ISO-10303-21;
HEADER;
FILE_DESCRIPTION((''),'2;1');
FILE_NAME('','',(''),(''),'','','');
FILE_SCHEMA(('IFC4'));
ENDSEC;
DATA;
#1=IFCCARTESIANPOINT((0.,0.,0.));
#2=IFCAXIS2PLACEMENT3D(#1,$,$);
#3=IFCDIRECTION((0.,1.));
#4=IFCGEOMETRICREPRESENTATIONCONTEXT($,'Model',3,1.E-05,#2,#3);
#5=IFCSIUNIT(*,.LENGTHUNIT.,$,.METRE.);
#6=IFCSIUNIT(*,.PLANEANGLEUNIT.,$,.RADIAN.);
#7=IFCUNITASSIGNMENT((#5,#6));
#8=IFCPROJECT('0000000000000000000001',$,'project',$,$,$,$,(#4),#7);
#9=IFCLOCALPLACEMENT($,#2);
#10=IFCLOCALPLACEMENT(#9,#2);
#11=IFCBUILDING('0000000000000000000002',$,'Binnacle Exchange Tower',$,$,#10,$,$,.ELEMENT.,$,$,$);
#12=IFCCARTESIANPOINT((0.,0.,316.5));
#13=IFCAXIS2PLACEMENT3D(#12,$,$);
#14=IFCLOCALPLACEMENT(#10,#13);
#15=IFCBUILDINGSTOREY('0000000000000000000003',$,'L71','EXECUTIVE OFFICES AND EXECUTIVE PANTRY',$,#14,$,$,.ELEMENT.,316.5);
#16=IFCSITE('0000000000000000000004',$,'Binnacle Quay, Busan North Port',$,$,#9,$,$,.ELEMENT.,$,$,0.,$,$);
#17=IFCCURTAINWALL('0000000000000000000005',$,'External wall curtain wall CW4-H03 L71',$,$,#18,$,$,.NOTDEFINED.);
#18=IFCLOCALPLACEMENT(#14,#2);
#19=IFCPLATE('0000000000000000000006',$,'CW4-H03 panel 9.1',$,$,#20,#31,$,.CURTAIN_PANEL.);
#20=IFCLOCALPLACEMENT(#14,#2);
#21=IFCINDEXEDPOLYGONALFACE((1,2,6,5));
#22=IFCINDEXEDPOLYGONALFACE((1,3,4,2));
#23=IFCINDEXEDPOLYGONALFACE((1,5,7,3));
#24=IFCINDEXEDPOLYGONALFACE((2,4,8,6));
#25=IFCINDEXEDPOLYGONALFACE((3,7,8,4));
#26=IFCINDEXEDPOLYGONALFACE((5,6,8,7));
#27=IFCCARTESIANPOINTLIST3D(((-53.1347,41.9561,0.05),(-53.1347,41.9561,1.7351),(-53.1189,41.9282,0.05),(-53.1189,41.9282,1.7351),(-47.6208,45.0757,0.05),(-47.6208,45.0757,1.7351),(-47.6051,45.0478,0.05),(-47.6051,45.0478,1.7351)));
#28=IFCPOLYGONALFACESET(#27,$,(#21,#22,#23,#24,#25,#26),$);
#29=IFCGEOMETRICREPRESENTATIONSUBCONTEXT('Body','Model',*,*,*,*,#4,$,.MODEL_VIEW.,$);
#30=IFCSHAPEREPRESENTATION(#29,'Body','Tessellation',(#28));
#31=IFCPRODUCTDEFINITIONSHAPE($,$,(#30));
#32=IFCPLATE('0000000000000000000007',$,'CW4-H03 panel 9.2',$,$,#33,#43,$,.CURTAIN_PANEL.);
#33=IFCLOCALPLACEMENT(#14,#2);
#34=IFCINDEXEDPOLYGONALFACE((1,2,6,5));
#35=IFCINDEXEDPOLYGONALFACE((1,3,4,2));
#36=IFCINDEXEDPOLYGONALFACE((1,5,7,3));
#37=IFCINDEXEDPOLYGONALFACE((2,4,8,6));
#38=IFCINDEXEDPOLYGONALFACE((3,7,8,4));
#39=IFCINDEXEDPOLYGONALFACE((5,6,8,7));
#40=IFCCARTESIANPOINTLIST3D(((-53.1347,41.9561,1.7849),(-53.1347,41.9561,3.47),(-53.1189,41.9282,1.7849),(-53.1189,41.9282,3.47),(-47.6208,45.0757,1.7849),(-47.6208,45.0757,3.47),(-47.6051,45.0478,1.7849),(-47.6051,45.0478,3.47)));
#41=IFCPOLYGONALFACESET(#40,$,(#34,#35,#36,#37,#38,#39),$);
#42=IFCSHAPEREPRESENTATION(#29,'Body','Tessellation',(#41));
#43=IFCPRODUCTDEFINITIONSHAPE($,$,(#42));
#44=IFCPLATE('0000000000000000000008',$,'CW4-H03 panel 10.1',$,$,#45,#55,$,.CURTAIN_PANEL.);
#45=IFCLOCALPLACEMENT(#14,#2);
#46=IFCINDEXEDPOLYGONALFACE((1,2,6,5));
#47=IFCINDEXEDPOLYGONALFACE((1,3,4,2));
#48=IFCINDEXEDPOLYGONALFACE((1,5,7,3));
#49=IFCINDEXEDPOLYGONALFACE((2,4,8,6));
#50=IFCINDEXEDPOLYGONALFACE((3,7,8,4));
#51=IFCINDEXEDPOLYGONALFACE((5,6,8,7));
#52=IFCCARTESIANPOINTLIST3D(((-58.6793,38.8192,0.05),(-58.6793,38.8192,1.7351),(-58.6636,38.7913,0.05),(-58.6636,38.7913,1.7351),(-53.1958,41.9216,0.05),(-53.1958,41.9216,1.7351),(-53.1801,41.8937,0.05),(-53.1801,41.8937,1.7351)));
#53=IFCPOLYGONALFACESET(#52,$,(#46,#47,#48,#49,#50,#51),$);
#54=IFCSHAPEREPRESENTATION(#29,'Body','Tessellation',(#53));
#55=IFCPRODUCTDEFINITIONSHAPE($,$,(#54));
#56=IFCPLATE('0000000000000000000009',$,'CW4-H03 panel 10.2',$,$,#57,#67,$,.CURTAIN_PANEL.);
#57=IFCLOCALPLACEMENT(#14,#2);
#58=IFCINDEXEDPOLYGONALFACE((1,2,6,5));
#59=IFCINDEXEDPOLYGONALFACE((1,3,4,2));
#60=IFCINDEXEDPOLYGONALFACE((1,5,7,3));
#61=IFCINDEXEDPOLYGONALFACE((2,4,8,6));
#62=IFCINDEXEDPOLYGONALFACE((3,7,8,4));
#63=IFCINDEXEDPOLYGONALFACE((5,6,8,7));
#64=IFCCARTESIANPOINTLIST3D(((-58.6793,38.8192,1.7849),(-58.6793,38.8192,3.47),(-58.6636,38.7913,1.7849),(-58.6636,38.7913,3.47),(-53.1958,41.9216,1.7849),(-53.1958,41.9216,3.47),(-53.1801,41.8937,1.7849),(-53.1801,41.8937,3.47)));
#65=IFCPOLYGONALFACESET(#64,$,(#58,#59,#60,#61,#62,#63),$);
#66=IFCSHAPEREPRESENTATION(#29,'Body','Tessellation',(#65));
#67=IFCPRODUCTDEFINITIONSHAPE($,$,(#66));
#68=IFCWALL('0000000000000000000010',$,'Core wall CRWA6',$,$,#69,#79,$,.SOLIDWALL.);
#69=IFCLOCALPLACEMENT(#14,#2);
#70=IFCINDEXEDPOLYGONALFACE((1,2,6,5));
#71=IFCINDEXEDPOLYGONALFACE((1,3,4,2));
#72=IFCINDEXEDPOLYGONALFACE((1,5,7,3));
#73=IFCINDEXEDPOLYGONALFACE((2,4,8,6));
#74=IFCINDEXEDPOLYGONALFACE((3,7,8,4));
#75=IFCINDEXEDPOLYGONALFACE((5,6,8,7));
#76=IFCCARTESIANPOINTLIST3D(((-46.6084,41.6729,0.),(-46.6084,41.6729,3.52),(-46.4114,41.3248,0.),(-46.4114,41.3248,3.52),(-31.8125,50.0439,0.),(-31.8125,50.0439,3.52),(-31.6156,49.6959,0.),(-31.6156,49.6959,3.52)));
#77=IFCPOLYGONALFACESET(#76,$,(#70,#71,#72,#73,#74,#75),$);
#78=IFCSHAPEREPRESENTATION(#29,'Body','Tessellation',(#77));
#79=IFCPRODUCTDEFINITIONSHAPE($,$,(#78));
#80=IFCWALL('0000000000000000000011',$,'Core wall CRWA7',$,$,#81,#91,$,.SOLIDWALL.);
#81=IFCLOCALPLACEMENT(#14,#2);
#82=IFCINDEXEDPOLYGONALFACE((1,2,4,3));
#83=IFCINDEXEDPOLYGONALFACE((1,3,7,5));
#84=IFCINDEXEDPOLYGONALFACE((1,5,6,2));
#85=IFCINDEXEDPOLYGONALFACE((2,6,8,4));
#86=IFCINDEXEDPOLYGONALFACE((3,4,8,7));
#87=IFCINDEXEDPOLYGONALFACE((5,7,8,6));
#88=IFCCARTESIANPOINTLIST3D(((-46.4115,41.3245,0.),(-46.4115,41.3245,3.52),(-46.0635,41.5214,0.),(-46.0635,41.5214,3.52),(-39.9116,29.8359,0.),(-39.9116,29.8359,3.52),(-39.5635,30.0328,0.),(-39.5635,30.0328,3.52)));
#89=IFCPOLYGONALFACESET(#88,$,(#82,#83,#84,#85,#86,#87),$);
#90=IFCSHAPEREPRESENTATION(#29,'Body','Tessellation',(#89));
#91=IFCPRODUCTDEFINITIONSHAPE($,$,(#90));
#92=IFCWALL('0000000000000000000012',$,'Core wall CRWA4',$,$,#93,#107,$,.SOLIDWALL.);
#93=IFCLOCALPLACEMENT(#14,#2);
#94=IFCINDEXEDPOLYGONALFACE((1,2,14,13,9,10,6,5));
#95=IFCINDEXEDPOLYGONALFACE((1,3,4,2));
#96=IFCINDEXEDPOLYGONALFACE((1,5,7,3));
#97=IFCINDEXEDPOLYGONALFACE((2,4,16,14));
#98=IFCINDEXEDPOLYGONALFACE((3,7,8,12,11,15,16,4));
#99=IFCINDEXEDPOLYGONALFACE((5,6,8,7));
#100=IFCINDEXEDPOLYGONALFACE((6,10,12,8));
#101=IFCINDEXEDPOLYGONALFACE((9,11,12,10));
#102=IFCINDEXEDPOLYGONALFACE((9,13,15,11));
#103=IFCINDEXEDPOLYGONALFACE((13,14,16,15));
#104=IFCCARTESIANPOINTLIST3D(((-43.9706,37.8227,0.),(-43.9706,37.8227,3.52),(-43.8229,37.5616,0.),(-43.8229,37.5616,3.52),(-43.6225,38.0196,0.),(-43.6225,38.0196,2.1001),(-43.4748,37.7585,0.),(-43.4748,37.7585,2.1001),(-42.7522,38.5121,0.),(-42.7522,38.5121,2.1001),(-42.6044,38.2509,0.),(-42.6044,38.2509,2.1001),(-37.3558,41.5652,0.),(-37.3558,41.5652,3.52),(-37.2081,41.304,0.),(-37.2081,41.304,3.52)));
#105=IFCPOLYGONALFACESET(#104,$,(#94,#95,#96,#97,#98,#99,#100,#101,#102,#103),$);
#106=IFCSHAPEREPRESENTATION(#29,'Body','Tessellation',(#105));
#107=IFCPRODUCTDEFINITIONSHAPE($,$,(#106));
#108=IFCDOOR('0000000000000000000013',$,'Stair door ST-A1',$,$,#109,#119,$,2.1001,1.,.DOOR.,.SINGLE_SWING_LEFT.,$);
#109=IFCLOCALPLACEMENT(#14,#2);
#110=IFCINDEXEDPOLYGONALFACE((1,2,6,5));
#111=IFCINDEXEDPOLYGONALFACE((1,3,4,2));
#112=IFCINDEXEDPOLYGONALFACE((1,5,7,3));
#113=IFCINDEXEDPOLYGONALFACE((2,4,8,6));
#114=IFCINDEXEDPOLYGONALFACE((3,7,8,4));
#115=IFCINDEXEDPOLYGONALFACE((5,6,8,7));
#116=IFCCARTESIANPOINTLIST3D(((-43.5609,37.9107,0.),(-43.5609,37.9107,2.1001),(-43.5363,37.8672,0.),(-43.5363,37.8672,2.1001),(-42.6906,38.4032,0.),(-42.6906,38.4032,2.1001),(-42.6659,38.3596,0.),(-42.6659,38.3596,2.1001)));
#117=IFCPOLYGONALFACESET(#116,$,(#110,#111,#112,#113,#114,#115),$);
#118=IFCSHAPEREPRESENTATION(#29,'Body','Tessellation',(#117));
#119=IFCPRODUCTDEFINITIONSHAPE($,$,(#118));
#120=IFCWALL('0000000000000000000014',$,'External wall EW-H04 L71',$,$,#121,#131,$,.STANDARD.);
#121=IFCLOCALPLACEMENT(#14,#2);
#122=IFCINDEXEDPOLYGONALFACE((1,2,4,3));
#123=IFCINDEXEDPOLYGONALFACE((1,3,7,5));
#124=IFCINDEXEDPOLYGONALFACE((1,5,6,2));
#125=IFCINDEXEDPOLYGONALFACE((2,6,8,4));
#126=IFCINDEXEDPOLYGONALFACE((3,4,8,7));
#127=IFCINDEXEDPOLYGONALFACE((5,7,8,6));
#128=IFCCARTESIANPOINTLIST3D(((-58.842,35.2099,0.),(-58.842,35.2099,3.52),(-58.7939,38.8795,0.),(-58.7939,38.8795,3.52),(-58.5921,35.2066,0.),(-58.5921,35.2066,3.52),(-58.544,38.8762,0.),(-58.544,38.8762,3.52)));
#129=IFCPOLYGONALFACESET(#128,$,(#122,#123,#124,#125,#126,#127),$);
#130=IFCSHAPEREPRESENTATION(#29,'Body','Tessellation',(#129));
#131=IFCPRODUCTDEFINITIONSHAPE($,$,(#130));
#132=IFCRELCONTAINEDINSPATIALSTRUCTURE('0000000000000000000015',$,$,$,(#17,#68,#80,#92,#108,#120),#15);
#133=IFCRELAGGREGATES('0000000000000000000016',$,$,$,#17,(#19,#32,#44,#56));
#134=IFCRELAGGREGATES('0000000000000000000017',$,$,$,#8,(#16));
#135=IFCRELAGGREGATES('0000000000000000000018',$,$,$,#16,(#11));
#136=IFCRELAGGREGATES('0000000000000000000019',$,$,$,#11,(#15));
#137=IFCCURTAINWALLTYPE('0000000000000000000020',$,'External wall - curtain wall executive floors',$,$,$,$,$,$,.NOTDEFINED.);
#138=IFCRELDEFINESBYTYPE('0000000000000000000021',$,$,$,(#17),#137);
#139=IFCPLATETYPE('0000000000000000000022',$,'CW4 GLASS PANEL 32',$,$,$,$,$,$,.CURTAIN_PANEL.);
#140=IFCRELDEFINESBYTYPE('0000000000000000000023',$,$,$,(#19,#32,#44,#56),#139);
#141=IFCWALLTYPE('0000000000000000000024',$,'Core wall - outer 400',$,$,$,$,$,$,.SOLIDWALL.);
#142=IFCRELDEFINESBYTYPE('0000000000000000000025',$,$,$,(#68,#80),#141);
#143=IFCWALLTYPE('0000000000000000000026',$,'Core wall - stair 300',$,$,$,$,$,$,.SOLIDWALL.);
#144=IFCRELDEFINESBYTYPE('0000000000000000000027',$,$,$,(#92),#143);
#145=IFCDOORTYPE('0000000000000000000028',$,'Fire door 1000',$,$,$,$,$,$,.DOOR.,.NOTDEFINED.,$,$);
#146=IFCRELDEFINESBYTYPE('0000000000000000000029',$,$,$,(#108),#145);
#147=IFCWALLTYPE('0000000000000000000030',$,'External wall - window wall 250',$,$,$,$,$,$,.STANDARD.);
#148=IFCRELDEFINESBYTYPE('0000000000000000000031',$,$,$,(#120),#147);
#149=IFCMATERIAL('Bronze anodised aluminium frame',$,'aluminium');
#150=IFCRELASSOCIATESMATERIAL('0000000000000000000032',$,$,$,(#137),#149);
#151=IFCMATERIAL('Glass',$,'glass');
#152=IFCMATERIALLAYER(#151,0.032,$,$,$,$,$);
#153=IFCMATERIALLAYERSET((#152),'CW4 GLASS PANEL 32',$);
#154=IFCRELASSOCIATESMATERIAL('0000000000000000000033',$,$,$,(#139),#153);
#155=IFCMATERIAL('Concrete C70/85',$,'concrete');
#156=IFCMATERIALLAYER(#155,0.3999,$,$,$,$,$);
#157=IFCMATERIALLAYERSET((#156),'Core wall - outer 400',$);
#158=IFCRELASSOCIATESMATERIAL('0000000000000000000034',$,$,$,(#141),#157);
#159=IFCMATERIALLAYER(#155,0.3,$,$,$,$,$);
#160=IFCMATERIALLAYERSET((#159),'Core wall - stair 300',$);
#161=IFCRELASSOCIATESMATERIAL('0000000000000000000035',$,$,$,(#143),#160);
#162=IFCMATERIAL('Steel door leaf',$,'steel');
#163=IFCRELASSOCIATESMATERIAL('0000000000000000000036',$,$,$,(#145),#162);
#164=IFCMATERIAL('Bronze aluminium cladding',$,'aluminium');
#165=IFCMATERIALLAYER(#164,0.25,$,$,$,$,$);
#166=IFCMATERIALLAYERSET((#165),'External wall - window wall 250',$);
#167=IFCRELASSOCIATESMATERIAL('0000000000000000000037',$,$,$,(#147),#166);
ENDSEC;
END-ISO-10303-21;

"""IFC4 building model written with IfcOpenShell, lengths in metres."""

from ifc_helpers import new_model, si_unit, direction, frame, frame_2d, origin, origin_2d, place, context, subcontext, project, spatial, rectangle, extrude, material, layer, layer_set, type_object, element, fill, aggregate, save


model = new_model("IFC4")

# Units and contexts
model_context = context("Model", 3, precision=1e-05, world=origin(), true_north=direction((0.0, 1.0)))
body_context = subcontext(model_context, "Body", "Model", "MODEL_VIEW")
ifc_project = project(units=[si_unit("LENGTHUNIT", "METRE"), si_unit("PLANEANGLEUNIT", "RADIAN")], contexts=[model_context])

# Site, building, storey
site_placement = place(None, origin())
site = spatial("IfcSite", under=ifc_project, at=site_placement, Name="Binnacle Quay, Busan North Port", CompositionType="ELEMENT", RefElevation=0.0)
building_placement = place(site_placement, origin())
building = spatial("IfcBuilding", under=site, at=building_placement, Name="Binnacle Exchange Tower", CompositionType="ELEMENT")
storey_placement = place(building_placement, frame((0.0, 0.0, 316.5)))
storey = spatial("IfcBuildingStorey", under=building, at=storey_placement, Name="L71", Description="EXECUTIVE OFFICES AND EXECUTIVE PANTRY", CompositionType="ELEMENT", Elevation=316.5)

# Curtain wall
ifc_material_1 = material(Name="Bronze anodised aluminium frame", Category="aluminium")
curtain_wall_type = type_object("IfcCurtainWallType", Name="External wall - curtain wall executive floors", PredefinedType="NOTDEFINED", material=ifc_material_1)
curtain_wall_placement = place(storey_placement, origin())
curtain_wall = element("IfcCurtainWall", 1, at=curtain_wall_placement, inside=storey, type_object=curtain_wall_type, Name="External wall curtain wall CW4-H03 L71", PredefinedType="NOTDEFINED")

# Plates
ifc_material_2 = material(Name="Glass", Category="glass")
ifc_layer_1 = layer(ifc_material_2, 0.032)
ifc_layer_set_1 = layer_set([ifc_layer_1], Name="CW4 GLASS PANEL 32")
plate_type = type_object("IfcPlateType", Name="CW4 GLASS PANEL 32", PredefinedType="CURTAIN_PANEL", material=ifc_layer_set_1)
plate_1_placement = place(storey_placement, frame((-50.3699, 43.502, 0.05), z_axis=(0.0, 0.0, 1.0), x_axis=(-0.870356, -0.492424, 0.0)))
plate_1 = element("IfcPlate", 2, at=plate_1_placement, type_object=plate_type, Name="CW4-H03 panel 9.1", PredefinedType="CURTAIN_PANEL", context=body_context, shape_type="SweptSolid", body=[
    extrude(rectangle(XDim=6.3352, YDim=0.032, at=origin_2d()), origin(), (0.0, 0.0, 1.0), 1.6851),
])
plate_2_placement = place(storey_placement, frame((-50.3699, 43.502, 1.7849), z_axis=(0.0, 0.0, 1.0), x_axis=(-0.870356, -0.492424, 0.0)))
plate_2 = element("IfcPlate", 3, at=plate_2_placement, type_object=plate_type, Name="CW4-H03 panel 9.2", PredefinedType="CURTAIN_PANEL", context=body_context, shape_type="SweptSolid", body=[
    extrude(rectangle(XDim=6.3352, YDim=0.032, at=origin_2d()), origin(), (0.0, 0.0, 1.0), 1.6851),
])
plate_3_placement = place(storey_placement, frame((-55.9297, 40.3564, 0.05), z_axis=(0.0, 0.0, 1.0), x_axis=(-0.870356, -0.492424, 0.0)))
plate_3 = element("IfcPlate", 4, at=plate_3_placement, type_object=plate_type, Name="CW4-H03 panel 10.1", PredefinedType="CURTAIN_PANEL", context=body_context, shape_type="SweptSolid", body=[
    extrude(rectangle(XDim=6.3003, YDim=0.032, at=origin_2d()), origin(), (0.0, 0.0, 1.0), 1.6851),
])
plate_4_placement = place(storey_placement, frame((-55.9297, 40.3564, 1.7849), z_axis=(0.0, 0.0, 1.0), x_axis=(-0.870356, -0.492424, 0.0)))
plate_4 = element("IfcPlate", 5, at=plate_4_placement, type_object=plate_type, Name="CW4-H03 panel 10.2", PredefinedType="CURTAIN_PANEL", context=body_context, shape_type="SweptSolid", body=[
    extrude(rectangle(XDim=6.3003, YDim=0.032, at=origin_2d()), origin(), (0.0, 0.0, 1.0), 1.6851),
])
aggregate(curtain_wall, [plate_1, plate_2, plate_3, plate_4])

# Walls
ifc_material_3 = material(Name="Concrete C70/85", Category="concrete")
ifc_layer_2 = layer(ifc_material_3, 0.3999)
ifc_layer_set_2 = layer_set([ifc_layer_2], Name="Core wall - outer 400")
wall_type_1 = type_object("IfcWallType", Name="Core wall - outer 400", PredefinedType="SOLIDWALL", material=ifc_layer_set_2)
wall_1_placement = place(storey_placement, frame((-46.51, 41.4988, 0.0), z_axis=(0.0, 0.0, 1.0), x_axis=(0.870356, 0.492423, 0.0)))
element("IfcWall", 6, at=wall_1_placement, inside=storey, type_object=wall_type_1, Name="Core wall CRWA6", PredefinedType="SOLIDWALL", context=body_context, shape_type="SweptSolid", body=[
    extrude(rectangle(XDim=16.9998, YDim=0.3999, at=frame_2d((8.5, 0.0))), origin(), (0.0, 0.0, 1.0), 3.52),
])
wall_2_placement = place(storey_placement, frame((-46.2375, 41.4231, 0.0), z_axis=(0.0, 0.0, 1.0), x_axis=(0.492422, -0.870357, 0.0)))
element("IfcWall", 7, at=wall_2_placement, inside=storey, type_object=wall_type_1, Name="Core wall CRWA7", PredefinedType="SOLIDWALL", context=body_context, shape_type="SweptSolid", body=[
    extrude(rectangle(XDim=13.2, YDim=0.3999, at=frame_2d((6.6001, 0.0))), origin(), (0.0, 0.0, 1.0), 3.52),
])

# Wall, opening, door
ifc_layer_3 = layer(ifc_material_3, 0.3)
ifc_layer_set_3 = layer_set([ifc_layer_3], Name="Core wall - stair 300")
wall_type_2 = type_object("IfcWallType", Name="Core wall - stair 300", PredefinedType="SOLIDWALL", material=ifc_layer_set_3)
wall_3_placement = place(storey_placement, frame((-43.8967, 37.6921, 0.0), z_axis=(0.0, 0.0, 1.0), x_axis=(0.870356, 0.492422, 0.0)))
wall_3 = element("IfcWall", 8, at=wall_3_placement, inside=storey, type_object=wall_type_2, Name="Core wall CRWA4", PredefinedType="SOLIDWALL", context=body_context, shape_type="SweptSolid", body=[
    extrude(rectangle(XDim=7.6001, YDim=0.3, at=frame_2d((3.8, 0.0))), origin(), (0.0, 0.0, 1.0), 3.52),
])
opening_1_placement = place(wall_3_placement, frame((0.3999, 0.0, 0.0)))
opening_1 = element("IfcOpeningElement", 9, at=opening_1_placement, cuts=wall_3, PredefinedType="OPENING", context=body_context, shape_type="SweptSolid", body=[
    extrude(rectangle(XDim=1.0, YDim=2.1001, at=frame_2d((0.5, 1.05))), frame((0.0, 0.1599, 0.0), z_axis=(0.0, -1.0, 0.0), x_axis=(1.0, 0.0, 0.0)), (0.0, 0.0, 1.0), 0.3201),
])
ifc_material_4 = material(Name="Steel door leaf", Category="steel")
door_type_1 = type_object("IfcDoorType", Name="Fire door 1000", OperationType="NOTDEFINED", PredefinedType="DOOR", material=ifc_material_4)
door_1_placement = place(opening_1_placement, origin())
door_1 = element("IfcDoor", 10, at=door_1_placement, inside=storey, type_object=door_type_1, Name="Stair door ST-A1", OperationType="SINGLE_SWING_LEFT", OverallHeight=2.1001, OverallWidth=1.0, PredefinedType="DOOR", context=body_context, shape_type="SweptSolid", body=[
    extrude(rectangle(XDim=1.0, YDim=2.1001, at=frame_2d((0.5, 1.05))), frame((0.0, 0.0249, 0.0), z_axis=(0.0, -1.0, 0.0), x_axis=(1.0, 0.0, 0.0)), (0.0, 0.0, 1.0), 0.05),
])
fill(opening_1, door_1)

# Wall
ifc_material_5 = material(Name="Bronze aluminium cladding", Category="aluminium")
ifc_layer_4 = layer(ifc_material_5, 0.25)
ifc_layer_set_4 = layer_set([ifc_layer_4], Name="External wall - window wall 250")
wall_type_3 = type_object("IfcWallType", Name="External wall - window wall 250", PredefinedType="STANDARD", material=ifc_layer_set_4)
wall_4_placement = place(storey_placement, frame((-58.717, 35.2083, 0.0), z_axis=(0.0, 0.0, 1.0), x_axis=(0.013105, 0.999914, 0.0)))
element("IfcWall", 11, at=wall_4_placement, inside=storey, type_object=wall_type_3, Name="External wall EW-H04 L71", PredefinedType="STANDARD", context=body_context, shape_type="SweptSolid", body=[
    extrude(rectangle(XDim=3.6699, YDim=0.25, at=frame_2d((1.835, 0.0))), origin(), (0.0, 0.0, 1.0), 3.52),
])

save(model, "model.ifc")
